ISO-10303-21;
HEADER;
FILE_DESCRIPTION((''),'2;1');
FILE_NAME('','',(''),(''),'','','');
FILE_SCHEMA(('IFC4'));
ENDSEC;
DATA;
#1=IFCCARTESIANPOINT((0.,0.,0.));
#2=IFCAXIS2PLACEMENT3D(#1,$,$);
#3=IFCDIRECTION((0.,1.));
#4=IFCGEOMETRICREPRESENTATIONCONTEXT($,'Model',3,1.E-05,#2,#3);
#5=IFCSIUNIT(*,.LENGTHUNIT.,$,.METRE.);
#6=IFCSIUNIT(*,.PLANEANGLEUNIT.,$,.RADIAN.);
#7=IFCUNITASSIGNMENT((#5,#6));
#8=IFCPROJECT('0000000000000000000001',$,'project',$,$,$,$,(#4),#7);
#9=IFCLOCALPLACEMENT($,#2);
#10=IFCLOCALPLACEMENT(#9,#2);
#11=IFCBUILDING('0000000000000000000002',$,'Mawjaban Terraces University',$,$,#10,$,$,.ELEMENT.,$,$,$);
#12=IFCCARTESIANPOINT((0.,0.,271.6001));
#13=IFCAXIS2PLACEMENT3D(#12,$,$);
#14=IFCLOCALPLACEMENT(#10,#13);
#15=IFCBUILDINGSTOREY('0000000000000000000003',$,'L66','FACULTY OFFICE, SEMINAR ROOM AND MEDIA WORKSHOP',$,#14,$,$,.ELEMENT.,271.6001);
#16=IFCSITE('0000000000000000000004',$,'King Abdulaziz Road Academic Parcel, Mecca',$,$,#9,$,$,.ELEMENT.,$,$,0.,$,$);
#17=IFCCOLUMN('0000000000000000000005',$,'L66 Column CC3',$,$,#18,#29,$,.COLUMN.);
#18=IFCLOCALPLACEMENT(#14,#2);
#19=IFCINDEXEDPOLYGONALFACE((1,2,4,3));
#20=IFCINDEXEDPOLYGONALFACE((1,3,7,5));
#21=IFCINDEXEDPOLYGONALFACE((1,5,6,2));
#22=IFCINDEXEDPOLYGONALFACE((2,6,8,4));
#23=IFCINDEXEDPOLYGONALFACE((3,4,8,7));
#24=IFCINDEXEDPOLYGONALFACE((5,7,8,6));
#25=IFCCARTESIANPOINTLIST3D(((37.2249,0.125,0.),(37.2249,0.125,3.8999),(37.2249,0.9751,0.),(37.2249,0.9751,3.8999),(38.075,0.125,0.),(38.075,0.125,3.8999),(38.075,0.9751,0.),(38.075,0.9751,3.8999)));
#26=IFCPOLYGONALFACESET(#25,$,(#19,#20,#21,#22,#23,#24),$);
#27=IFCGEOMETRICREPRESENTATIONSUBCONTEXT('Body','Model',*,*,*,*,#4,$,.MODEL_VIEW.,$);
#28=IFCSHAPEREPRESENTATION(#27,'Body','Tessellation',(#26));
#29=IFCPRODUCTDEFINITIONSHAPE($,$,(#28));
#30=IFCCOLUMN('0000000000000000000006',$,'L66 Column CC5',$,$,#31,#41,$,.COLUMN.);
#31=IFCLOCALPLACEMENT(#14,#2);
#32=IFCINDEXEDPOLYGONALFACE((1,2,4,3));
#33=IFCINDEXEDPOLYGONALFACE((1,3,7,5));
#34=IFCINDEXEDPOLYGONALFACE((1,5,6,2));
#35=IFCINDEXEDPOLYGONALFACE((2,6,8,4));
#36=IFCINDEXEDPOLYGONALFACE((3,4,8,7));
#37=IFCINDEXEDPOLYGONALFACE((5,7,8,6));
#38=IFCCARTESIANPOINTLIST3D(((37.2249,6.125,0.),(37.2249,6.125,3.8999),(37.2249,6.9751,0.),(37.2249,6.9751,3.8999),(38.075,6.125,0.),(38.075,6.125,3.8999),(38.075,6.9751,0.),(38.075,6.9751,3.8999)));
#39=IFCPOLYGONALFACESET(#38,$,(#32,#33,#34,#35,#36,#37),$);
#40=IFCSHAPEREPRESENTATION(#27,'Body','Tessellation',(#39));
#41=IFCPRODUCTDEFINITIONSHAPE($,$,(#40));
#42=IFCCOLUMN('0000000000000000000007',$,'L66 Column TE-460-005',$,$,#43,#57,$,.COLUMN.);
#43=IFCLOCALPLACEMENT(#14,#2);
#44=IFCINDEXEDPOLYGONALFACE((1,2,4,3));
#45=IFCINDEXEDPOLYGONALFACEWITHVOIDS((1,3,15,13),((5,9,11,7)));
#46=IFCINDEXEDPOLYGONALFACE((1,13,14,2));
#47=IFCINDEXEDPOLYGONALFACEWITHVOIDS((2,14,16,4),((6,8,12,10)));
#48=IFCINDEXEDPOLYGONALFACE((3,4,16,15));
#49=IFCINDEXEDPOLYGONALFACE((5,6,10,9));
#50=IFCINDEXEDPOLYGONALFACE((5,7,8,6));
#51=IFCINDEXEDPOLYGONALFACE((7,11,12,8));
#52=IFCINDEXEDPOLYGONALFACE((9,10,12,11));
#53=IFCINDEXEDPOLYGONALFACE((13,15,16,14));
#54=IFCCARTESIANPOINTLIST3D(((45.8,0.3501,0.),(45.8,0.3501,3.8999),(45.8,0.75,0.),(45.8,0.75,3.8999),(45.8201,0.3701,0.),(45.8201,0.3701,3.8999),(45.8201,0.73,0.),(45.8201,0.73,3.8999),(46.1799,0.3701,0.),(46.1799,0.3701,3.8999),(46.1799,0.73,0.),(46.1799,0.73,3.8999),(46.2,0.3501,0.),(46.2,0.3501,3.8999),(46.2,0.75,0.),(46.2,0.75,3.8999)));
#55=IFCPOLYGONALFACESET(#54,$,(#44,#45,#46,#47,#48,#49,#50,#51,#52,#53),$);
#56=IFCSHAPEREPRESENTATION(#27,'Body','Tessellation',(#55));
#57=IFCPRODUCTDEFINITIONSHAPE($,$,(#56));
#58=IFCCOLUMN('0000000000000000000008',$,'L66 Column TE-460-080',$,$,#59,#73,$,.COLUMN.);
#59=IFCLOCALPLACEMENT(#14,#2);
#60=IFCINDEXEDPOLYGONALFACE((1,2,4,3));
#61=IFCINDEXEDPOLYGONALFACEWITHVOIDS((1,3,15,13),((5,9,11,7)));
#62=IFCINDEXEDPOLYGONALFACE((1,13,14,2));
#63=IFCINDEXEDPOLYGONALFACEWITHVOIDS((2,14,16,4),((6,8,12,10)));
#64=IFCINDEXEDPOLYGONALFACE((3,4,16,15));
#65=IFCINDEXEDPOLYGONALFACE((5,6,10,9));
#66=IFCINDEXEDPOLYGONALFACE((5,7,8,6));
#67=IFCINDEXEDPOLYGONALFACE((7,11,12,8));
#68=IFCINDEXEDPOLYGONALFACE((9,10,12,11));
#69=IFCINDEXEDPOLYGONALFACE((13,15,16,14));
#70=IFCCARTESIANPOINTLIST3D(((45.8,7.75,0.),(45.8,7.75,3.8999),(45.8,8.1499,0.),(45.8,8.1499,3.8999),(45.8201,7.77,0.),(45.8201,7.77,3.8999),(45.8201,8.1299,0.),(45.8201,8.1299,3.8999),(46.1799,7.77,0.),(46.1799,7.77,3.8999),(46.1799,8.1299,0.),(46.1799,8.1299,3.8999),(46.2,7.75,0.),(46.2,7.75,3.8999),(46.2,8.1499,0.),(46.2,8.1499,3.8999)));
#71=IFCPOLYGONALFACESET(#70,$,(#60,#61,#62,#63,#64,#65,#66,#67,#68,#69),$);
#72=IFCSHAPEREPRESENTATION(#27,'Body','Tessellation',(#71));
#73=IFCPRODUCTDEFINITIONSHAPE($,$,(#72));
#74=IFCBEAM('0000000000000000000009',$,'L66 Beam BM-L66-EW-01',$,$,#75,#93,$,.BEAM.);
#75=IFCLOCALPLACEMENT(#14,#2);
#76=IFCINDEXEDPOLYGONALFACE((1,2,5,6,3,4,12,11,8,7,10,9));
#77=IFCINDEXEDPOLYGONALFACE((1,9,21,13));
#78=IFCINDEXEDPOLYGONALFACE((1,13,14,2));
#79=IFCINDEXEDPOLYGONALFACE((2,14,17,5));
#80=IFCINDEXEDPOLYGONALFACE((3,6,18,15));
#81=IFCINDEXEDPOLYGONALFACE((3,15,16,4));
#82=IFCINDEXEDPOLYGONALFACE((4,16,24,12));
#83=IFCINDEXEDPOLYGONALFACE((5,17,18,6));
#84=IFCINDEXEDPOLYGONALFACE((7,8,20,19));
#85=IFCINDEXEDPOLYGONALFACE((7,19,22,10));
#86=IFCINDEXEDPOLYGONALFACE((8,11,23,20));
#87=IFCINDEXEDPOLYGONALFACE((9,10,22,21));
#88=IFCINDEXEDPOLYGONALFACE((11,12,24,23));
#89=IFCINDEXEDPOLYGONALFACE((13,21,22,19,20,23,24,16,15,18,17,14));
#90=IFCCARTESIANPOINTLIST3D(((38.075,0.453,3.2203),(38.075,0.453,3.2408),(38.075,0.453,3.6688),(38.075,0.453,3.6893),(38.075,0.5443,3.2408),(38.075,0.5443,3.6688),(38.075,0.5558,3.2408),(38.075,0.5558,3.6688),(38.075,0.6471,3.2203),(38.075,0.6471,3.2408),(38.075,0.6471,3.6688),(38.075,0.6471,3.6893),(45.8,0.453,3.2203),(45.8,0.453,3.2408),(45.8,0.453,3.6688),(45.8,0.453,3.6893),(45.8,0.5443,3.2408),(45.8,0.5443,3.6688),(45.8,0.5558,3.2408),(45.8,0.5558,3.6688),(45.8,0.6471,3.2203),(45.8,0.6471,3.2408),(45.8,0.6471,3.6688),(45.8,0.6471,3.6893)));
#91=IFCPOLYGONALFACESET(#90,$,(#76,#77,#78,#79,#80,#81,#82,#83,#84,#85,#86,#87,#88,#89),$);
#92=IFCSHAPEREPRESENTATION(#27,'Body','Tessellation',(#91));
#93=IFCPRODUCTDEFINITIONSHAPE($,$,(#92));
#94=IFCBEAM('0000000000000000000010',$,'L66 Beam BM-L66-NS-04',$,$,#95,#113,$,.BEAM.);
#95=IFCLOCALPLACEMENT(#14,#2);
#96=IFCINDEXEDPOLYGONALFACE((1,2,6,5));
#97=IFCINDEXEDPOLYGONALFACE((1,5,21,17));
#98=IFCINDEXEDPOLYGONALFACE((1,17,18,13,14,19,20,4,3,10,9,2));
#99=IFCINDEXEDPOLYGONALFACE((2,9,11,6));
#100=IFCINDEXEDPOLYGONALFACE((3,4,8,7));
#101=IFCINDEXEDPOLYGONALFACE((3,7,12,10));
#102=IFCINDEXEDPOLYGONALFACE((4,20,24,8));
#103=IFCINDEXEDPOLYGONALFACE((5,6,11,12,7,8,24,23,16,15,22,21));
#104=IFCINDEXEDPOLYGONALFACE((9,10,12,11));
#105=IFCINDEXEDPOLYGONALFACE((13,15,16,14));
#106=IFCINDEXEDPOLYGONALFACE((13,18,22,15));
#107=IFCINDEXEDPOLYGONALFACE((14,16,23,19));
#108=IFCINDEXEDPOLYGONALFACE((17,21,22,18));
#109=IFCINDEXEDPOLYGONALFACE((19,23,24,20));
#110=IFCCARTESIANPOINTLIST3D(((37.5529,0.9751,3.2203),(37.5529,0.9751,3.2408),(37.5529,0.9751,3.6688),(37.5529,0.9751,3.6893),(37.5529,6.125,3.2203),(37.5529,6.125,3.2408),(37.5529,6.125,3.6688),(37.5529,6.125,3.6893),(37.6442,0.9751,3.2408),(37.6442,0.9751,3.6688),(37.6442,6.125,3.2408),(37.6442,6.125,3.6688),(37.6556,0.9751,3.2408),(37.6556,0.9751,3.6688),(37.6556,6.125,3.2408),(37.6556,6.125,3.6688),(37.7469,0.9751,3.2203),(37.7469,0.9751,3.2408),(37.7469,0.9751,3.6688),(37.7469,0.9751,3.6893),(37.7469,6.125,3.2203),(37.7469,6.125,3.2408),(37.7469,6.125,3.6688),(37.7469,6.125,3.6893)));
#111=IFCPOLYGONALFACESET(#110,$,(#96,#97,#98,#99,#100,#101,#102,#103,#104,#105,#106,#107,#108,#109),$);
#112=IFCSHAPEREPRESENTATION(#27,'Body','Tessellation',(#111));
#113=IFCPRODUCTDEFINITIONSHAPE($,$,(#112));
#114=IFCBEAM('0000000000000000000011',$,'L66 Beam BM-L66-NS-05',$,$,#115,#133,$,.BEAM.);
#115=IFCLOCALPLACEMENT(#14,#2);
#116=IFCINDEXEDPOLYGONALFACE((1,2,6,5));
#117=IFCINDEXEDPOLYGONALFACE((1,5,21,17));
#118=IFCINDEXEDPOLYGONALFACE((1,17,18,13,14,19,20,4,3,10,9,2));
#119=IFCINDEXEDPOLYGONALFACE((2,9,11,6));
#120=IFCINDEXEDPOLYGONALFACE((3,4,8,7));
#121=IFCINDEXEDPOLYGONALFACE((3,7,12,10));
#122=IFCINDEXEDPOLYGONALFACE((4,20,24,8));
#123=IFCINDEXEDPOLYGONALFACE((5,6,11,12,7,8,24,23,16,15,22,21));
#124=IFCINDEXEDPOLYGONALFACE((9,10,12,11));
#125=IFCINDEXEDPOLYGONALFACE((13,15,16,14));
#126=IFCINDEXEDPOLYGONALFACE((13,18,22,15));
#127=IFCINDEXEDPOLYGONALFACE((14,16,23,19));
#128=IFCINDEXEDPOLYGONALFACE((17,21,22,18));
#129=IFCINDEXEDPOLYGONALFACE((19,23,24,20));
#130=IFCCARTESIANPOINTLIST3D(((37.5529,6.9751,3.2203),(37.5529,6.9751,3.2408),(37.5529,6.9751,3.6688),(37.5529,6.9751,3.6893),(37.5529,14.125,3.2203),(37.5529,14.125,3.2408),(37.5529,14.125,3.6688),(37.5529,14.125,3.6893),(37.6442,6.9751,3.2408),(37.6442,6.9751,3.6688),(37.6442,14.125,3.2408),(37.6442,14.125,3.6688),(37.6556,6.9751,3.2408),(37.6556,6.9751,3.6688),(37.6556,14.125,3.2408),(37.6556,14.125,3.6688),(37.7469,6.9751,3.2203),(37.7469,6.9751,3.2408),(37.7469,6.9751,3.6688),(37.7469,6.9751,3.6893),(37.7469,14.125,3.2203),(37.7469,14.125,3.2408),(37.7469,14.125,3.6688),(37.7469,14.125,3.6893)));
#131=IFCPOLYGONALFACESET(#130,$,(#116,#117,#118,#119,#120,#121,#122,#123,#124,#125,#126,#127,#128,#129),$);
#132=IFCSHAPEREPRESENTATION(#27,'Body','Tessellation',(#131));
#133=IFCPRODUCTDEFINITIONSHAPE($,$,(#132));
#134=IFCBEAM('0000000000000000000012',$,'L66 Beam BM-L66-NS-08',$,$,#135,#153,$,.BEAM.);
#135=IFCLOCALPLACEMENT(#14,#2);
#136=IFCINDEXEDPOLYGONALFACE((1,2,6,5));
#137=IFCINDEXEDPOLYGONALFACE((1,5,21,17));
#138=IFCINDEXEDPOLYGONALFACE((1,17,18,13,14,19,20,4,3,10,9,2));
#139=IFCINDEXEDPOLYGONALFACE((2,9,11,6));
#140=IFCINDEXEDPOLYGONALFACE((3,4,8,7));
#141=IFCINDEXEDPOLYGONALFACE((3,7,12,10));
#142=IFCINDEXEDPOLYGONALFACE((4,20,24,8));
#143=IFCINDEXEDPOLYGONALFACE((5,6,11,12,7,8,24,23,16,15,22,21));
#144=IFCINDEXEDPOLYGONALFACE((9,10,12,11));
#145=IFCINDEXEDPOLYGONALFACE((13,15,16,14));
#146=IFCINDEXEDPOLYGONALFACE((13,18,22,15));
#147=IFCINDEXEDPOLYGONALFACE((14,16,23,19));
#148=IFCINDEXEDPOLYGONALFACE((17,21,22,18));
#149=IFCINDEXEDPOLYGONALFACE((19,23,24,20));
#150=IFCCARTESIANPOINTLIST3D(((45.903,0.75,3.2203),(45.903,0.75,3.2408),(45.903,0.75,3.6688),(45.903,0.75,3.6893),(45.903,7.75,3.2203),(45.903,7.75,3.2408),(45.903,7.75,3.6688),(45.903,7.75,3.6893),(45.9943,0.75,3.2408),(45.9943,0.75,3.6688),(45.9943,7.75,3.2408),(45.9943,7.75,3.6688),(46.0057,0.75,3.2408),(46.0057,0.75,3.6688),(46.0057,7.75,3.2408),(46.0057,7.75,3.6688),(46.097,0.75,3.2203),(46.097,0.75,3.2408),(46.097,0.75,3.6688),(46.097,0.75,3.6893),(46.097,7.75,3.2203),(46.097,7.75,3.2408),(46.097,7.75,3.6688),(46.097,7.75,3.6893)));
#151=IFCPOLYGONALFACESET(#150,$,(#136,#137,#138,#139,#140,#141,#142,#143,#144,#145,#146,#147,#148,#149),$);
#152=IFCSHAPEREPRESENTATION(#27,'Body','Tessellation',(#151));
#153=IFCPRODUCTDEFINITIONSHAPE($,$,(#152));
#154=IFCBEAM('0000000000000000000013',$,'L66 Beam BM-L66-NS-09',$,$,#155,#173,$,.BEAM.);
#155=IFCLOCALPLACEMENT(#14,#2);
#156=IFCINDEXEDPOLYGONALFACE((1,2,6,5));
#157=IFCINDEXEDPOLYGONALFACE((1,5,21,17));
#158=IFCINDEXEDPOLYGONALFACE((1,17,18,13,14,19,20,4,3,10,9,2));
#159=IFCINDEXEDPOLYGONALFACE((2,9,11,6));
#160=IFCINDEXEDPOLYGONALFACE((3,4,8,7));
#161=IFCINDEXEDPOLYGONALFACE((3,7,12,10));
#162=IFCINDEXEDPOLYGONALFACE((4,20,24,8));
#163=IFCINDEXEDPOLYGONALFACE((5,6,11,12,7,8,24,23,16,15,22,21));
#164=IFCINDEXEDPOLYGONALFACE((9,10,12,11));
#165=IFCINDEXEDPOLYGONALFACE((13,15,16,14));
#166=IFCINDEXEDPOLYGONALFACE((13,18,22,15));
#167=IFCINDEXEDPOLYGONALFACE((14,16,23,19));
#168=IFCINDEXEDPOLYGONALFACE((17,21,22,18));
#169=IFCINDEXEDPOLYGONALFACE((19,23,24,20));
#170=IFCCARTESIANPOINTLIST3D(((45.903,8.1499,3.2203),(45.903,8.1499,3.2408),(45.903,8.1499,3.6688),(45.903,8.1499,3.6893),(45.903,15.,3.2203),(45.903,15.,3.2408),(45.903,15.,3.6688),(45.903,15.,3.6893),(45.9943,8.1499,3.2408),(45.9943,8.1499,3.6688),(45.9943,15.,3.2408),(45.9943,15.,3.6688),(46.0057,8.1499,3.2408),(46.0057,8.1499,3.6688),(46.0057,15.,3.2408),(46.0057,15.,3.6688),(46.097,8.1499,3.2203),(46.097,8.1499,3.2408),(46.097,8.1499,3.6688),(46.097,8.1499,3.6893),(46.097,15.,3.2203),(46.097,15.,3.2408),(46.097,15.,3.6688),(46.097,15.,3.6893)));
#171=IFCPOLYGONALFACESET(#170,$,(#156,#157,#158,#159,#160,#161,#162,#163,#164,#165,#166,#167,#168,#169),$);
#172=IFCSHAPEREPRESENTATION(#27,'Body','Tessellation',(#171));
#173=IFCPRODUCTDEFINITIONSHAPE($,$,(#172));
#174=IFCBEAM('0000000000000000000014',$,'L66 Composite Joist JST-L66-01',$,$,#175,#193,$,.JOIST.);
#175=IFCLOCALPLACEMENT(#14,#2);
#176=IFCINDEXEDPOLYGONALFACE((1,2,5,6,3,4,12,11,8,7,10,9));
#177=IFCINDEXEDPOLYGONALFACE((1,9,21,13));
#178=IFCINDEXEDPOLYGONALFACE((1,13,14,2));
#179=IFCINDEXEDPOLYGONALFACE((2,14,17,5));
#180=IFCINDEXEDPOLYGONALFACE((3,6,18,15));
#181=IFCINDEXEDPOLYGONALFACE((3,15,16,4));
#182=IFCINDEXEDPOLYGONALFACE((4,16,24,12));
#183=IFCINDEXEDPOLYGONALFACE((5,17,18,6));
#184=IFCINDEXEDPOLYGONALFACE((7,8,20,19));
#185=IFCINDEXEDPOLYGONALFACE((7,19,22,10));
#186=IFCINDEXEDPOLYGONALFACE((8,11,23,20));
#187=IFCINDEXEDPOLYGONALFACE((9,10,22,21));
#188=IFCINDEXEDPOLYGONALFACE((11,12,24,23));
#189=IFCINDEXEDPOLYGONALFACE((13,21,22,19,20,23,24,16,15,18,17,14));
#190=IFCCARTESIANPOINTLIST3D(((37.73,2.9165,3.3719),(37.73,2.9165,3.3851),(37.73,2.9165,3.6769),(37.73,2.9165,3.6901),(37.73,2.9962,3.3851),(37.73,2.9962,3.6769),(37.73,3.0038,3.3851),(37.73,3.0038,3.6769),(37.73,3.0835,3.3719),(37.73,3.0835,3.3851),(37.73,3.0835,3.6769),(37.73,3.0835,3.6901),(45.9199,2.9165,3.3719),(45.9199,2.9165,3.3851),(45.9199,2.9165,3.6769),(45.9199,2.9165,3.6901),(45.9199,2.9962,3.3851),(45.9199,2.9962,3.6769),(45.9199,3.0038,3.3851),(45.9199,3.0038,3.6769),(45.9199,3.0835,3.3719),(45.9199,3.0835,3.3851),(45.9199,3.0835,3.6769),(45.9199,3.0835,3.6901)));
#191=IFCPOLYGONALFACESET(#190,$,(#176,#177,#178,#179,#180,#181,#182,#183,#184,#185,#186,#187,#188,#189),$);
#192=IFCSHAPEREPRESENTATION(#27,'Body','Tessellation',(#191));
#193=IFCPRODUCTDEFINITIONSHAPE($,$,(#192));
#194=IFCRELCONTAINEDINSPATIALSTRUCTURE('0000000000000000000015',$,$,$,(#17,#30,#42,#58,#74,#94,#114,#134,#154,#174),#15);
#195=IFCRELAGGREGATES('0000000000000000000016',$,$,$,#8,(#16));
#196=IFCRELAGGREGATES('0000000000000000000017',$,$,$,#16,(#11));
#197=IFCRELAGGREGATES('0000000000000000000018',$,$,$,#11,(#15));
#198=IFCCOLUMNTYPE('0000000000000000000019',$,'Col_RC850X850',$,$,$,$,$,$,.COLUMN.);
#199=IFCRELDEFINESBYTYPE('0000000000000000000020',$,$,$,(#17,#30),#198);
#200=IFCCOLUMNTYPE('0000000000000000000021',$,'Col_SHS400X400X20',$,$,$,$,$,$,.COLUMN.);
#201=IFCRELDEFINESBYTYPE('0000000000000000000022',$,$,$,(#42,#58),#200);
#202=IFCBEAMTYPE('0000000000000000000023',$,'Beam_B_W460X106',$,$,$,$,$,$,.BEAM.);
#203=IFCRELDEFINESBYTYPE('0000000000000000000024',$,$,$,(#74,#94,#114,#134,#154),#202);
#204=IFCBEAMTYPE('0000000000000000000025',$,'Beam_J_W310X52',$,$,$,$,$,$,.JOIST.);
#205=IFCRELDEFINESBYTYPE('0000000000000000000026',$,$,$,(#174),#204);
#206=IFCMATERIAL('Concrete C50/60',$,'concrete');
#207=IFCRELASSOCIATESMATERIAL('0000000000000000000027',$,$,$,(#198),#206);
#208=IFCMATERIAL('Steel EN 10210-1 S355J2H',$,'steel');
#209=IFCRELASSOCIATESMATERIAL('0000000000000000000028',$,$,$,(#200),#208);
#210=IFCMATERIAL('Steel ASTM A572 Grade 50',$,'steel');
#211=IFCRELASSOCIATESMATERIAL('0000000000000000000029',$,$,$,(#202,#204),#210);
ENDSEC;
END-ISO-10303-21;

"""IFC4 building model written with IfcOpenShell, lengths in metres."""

from ifc_helpers import new_model, si_unit, direction, frame, origin, origin_2d, place, context, subcontext, project, spatial, rectangle, hollow_rectangle, i_section, extrude, material, material_profile, profile_set, type_object, element, save


model = new_model("IFC4")

# Units and contexts
model_context = context("Model", 3, precision=1e-05, world=origin(), true_north=direction((0.0, 1.0)))
body_context = subcontext(model_context, "Body", "Model", "MODEL_VIEW")
ifc_project = project(units=[si_unit("LENGTHUNIT", "METRE"), si_unit("PLANEANGLEUNIT", "RADIAN")], contexts=[model_context])

# Site, building, storey
site_placement = place(None, origin())
site = spatial("IfcSite", under=ifc_project, at=site_placement, Name="King Abdulaziz Road Academic Parcel, Mecca", CompositionType="ELEMENT", RefElevation=0.0)
building_placement = place(site_placement, origin())
building = spatial("IfcBuilding", under=site, at=building_placement, Name="Mawjaban Terraces University", CompositionType="ELEMENT")
storey_placement = place(building_placement, frame((0.0, 0.0, 271.6001)))
storey = spatial("IfcBuildingStorey", under=building, at=storey_placement, Name="L66", Description="FACULTY OFFICE, SEMINAR ROOM AND MEDIA WORKSHOP", CompositionType="ELEMENT", Elevation=271.6001)

# Columns
ifc_material_1 = material(Name="Concrete C50/60", Category="concrete")
ifc_material_profile_1 = material_profile(ifc_material_1, rectangle(XDim=0.8501, YDim=0.8501, at=origin_2d()), Name="RC850X850")
ifc_profile_set_1 = profile_set([ifc_material_profile_1], Name="Concrete C50/60")
column_type_1 = type_object("IfcColumnType", Name="Col_RC850X850", PredefinedType="COLUMN", material=ifc_profile_set_1)
for number, where, z_axis, x_axis, name in (
    (1, (37.6499, 0.55, 0.0), (0.0, 0.0, 1.0), (1.0, 0.0, 0.0), "L66 Column CC3"),
    (2, (37.6499, 6.55, 0.0), (0.0, 0.0, 1.0), (1.0, 0.0, 0.0), "L66 Column CC5"),
):
    element("IfcColumn", number, at=place(storey_placement, frame(where, z_axis=z_axis, x_axis=x_axis)), inside=storey, type_object=column_type_1, Name=name, PredefinedType="COLUMN", context=body_context, shape_type="SweptSolid", body=[
        extrude(rectangle(XDim=0.8501, YDim=0.8501, at=origin_2d()), origin(), (0.0, 0.0, 1.0), 3.8999),
    ])
ifc_material_2 = material(Name="Steel EN 10210-1 S355J2H", Category="steel")
ifc_material_profile_2 = material_profile(ifc_material_2, hollow_rectangle(XDim=0.3999, YDim=0.3999, WallThickness=0.02, at=origin_2d()), Name="SHS400X400X20")
ifc_profile_set_2 = profile_set([ifc_material_profile_2], Name="Steel EN 10210-1 S355J2H")
column_type_2 = type_object("IfcColumnType", Name="Col_SHS400X400X20", PredefinedType="COLUMN", material=ifc_profile_set_2)
for number, where, z_axis, x_axis, name in (
    (3, (46.0, 0.55, 0.0), (0.0, 0.0, 1.0), (1.0, 0.0, 0.0), "L66 Column TE-460-005"),
    (4, (46.0, 7.95, 0.0), (0.0, 0.0, 1.0), (1.0, 0.0, 0.0), "L66 Column TE-460-080"),
):
    element("IfcColumn", number, at=place(storey_placement, frame(where, z_axis=z_axis, x_axis=x_axis)), inside=storey, type_object=column_type_2, Name=name, PredefinedType="COLUMN", context=body_context, shape_type="SweptSolid", body=[
        extrude(hollow_rectangle(XDim=0.3999, YDim=0.3999, WallThickness=0.02, at=origin_2d()), origin(), (0.0, 0.0, 1.0), 3.8999),
    ])

# Beams
ifc_material_3 = material(Name="Steel ASTM A572 Grade 50", Category="steel")
ifc_material_profile_3 = material_profile(ifc_material_3, i_section(OverallWidth=0.1941, OverallDepth=0.469, WebThickness=0.0115, FlangeThickness=0.0205, at=origin_2d()), Name="W460X106")
ifc_profile_set_3 = profile_set([ifc_material_profile_3], Name="Steel ASTM A572 Grade 50")
beam_type_1 = type_object("IfcBeamType", Name="Beam_B_W460X106", PredefinedType="BEAM", material=ifc_profile_set_3)
beam_1_placement = place(storey_placement, frame((38.075, 0.55, 3.4548), z_axis=(1.0, 0.0, 0.0), x_axis=(0.0, 1.0, 0.0)))
element("IfcBeam", 5, at=beam_1_placement, inside=storey, type_object=beam_type_1, Name="L66 Beam BM-L66-EW-01", PredefinedType="BEAM", context=body_context, shape_type="SweptSolid", body=[
    extrude(i_section(OverallWidth=0.1941, OverallDepth=0.469, WebThickness=0.0115, FlangeThickness=0.0205, at=origin_2d()), origin(), (0.0, 0.0, 1.0), 7.7251),
])
beam_2_placement = place(storey_placement, frame((37.6499, 0.9751, 3.4548), z_axis=(0.0, 1.0, 0.0), x_axis=(-1.0, 0.0, 0.0)))
element("IfcBeam", 6, at=beam_2_placement, inside=storey, type_object=beam_type_1, Name="L66 Beam BM-L66-NS-04", PredefinedType="BEAM", context=body_context, shape_type="SweptSolid", body=[
    extrude(i_section(OverallWidth=0.1941, OverallDepth=0.469, WebThickness=0.0115, FlangeThickness=0.0205, at=origin_2d()), origin(), (0.0, 0.0, 1.0), 5.1499),
])
beam_3_placement = place(storey_placement, frame((37.6499, 6.9751, 3.4548), z_axis=(0.0, 1.0, 0.0), x_axis=(-1.0, 0.0, 0.0)))
element("IfcBeam", 7, at=beam_3_placement, inside=storey, type_object=beam_type_1, Name="L66 Beam BM-L66-NS-05", PredefinedType="BEAM", context=body_context, shape_type="SweptSolid", body=[
    extrude(i_section(OverallWidth=0.1941, OverallDepth=0.469, WebThickness=0.0115, FlangeThickness=0.0205, at=origin_2d()), origin(), (0.0, 0.0, 1.0), 7.1499),
])
beam_4_placement = place(storey_placement, frame((46.0, 0.75, 3.4548), z_axis=(0.0, 1.0, 0.0), x_axis=(-1.0, 0.0, 0.0)))
element("IfcBeam", 8, at=beam_4_placement, inside=storey, type_object=beam_type_1, Name="L66 Beam BM-L66-NS-08", PredefinedType="BEAM", context=body_context, shape_type="SweptSolid", body=[
    extrude(i_section(OverallWidth=0.1941, OverallDepth=0.469, WebThickness=0.0115, FlangeThickness=0.0205, at=origin_2d()), origin(), (0.0, 0.0, 1.0), 7.0),
])
beam_5_placement = place(storey_placement, frame((46.0, 8.1499, 3.4548), z_axis=(0.0, 1.0, 0.0), x_axis=(-1.0, 0.0, 0.0)))
element("IfcBeam", 9, at=beam_5_placement, inside=storey, type_object=beam_type_1, Name="L66 Beam BM-L66-NS-09", PredefinedType="BEAM", context=body_context, shape_type="SweptSolid", body=[
    extrude(i_section(OverallWidth=0.1941, OverallDepth=0.469, WebThickness=0.0115, FlangeThickness=0.0205, at=origin_2d()), origin(), (0.0, 0.0, 1.0), 6.8501),
])
ifc_material_profile_4 = material_profile(ifc_material_3, i_section(OverallWidth=0.167, OverallDepth=0.3181, WebThickness=0.0076, FlangeThickness=0.0132, at=origin_2d()), Name="W310X52")
ifc_profile_set_4 = profile_set([ifc_material_profile_4], Name="Steel ASTM A572 Grade 50")
beam_type_2 = type_object("IfcBeamType", Name="Beam_J_W310X52", PredefinedType="JOIST", material=ifc_profile_set_4)
for number, where, z_axis, x_axis, name in (
    (10, (37.73, 3.0, 3.531), (1.0, 0.0, 0.0), (0.0, 1.0, 0.0), "L66 Composite Joist JST-L66-01"),
):
    element("IfcBeam", number, at=place(storey_placement, frame(where, z_axis=z_axis, x_axis=x_axis)), inside=storey, type_object=beam_type_2, Name=name, PredefinedType="JOIST", context=body_context, shape_type="SweptSolid", body=[
        extrude(i_section(OverallWidth=0.167, OverallDepth=0.3181, WebThickness=0.0076, FlangeThickness=0.0132, at=origin_2d()), origin(), (0.0, 0.0, 1.0), 8.1899),
    ])

save(model, "model.ifc")
